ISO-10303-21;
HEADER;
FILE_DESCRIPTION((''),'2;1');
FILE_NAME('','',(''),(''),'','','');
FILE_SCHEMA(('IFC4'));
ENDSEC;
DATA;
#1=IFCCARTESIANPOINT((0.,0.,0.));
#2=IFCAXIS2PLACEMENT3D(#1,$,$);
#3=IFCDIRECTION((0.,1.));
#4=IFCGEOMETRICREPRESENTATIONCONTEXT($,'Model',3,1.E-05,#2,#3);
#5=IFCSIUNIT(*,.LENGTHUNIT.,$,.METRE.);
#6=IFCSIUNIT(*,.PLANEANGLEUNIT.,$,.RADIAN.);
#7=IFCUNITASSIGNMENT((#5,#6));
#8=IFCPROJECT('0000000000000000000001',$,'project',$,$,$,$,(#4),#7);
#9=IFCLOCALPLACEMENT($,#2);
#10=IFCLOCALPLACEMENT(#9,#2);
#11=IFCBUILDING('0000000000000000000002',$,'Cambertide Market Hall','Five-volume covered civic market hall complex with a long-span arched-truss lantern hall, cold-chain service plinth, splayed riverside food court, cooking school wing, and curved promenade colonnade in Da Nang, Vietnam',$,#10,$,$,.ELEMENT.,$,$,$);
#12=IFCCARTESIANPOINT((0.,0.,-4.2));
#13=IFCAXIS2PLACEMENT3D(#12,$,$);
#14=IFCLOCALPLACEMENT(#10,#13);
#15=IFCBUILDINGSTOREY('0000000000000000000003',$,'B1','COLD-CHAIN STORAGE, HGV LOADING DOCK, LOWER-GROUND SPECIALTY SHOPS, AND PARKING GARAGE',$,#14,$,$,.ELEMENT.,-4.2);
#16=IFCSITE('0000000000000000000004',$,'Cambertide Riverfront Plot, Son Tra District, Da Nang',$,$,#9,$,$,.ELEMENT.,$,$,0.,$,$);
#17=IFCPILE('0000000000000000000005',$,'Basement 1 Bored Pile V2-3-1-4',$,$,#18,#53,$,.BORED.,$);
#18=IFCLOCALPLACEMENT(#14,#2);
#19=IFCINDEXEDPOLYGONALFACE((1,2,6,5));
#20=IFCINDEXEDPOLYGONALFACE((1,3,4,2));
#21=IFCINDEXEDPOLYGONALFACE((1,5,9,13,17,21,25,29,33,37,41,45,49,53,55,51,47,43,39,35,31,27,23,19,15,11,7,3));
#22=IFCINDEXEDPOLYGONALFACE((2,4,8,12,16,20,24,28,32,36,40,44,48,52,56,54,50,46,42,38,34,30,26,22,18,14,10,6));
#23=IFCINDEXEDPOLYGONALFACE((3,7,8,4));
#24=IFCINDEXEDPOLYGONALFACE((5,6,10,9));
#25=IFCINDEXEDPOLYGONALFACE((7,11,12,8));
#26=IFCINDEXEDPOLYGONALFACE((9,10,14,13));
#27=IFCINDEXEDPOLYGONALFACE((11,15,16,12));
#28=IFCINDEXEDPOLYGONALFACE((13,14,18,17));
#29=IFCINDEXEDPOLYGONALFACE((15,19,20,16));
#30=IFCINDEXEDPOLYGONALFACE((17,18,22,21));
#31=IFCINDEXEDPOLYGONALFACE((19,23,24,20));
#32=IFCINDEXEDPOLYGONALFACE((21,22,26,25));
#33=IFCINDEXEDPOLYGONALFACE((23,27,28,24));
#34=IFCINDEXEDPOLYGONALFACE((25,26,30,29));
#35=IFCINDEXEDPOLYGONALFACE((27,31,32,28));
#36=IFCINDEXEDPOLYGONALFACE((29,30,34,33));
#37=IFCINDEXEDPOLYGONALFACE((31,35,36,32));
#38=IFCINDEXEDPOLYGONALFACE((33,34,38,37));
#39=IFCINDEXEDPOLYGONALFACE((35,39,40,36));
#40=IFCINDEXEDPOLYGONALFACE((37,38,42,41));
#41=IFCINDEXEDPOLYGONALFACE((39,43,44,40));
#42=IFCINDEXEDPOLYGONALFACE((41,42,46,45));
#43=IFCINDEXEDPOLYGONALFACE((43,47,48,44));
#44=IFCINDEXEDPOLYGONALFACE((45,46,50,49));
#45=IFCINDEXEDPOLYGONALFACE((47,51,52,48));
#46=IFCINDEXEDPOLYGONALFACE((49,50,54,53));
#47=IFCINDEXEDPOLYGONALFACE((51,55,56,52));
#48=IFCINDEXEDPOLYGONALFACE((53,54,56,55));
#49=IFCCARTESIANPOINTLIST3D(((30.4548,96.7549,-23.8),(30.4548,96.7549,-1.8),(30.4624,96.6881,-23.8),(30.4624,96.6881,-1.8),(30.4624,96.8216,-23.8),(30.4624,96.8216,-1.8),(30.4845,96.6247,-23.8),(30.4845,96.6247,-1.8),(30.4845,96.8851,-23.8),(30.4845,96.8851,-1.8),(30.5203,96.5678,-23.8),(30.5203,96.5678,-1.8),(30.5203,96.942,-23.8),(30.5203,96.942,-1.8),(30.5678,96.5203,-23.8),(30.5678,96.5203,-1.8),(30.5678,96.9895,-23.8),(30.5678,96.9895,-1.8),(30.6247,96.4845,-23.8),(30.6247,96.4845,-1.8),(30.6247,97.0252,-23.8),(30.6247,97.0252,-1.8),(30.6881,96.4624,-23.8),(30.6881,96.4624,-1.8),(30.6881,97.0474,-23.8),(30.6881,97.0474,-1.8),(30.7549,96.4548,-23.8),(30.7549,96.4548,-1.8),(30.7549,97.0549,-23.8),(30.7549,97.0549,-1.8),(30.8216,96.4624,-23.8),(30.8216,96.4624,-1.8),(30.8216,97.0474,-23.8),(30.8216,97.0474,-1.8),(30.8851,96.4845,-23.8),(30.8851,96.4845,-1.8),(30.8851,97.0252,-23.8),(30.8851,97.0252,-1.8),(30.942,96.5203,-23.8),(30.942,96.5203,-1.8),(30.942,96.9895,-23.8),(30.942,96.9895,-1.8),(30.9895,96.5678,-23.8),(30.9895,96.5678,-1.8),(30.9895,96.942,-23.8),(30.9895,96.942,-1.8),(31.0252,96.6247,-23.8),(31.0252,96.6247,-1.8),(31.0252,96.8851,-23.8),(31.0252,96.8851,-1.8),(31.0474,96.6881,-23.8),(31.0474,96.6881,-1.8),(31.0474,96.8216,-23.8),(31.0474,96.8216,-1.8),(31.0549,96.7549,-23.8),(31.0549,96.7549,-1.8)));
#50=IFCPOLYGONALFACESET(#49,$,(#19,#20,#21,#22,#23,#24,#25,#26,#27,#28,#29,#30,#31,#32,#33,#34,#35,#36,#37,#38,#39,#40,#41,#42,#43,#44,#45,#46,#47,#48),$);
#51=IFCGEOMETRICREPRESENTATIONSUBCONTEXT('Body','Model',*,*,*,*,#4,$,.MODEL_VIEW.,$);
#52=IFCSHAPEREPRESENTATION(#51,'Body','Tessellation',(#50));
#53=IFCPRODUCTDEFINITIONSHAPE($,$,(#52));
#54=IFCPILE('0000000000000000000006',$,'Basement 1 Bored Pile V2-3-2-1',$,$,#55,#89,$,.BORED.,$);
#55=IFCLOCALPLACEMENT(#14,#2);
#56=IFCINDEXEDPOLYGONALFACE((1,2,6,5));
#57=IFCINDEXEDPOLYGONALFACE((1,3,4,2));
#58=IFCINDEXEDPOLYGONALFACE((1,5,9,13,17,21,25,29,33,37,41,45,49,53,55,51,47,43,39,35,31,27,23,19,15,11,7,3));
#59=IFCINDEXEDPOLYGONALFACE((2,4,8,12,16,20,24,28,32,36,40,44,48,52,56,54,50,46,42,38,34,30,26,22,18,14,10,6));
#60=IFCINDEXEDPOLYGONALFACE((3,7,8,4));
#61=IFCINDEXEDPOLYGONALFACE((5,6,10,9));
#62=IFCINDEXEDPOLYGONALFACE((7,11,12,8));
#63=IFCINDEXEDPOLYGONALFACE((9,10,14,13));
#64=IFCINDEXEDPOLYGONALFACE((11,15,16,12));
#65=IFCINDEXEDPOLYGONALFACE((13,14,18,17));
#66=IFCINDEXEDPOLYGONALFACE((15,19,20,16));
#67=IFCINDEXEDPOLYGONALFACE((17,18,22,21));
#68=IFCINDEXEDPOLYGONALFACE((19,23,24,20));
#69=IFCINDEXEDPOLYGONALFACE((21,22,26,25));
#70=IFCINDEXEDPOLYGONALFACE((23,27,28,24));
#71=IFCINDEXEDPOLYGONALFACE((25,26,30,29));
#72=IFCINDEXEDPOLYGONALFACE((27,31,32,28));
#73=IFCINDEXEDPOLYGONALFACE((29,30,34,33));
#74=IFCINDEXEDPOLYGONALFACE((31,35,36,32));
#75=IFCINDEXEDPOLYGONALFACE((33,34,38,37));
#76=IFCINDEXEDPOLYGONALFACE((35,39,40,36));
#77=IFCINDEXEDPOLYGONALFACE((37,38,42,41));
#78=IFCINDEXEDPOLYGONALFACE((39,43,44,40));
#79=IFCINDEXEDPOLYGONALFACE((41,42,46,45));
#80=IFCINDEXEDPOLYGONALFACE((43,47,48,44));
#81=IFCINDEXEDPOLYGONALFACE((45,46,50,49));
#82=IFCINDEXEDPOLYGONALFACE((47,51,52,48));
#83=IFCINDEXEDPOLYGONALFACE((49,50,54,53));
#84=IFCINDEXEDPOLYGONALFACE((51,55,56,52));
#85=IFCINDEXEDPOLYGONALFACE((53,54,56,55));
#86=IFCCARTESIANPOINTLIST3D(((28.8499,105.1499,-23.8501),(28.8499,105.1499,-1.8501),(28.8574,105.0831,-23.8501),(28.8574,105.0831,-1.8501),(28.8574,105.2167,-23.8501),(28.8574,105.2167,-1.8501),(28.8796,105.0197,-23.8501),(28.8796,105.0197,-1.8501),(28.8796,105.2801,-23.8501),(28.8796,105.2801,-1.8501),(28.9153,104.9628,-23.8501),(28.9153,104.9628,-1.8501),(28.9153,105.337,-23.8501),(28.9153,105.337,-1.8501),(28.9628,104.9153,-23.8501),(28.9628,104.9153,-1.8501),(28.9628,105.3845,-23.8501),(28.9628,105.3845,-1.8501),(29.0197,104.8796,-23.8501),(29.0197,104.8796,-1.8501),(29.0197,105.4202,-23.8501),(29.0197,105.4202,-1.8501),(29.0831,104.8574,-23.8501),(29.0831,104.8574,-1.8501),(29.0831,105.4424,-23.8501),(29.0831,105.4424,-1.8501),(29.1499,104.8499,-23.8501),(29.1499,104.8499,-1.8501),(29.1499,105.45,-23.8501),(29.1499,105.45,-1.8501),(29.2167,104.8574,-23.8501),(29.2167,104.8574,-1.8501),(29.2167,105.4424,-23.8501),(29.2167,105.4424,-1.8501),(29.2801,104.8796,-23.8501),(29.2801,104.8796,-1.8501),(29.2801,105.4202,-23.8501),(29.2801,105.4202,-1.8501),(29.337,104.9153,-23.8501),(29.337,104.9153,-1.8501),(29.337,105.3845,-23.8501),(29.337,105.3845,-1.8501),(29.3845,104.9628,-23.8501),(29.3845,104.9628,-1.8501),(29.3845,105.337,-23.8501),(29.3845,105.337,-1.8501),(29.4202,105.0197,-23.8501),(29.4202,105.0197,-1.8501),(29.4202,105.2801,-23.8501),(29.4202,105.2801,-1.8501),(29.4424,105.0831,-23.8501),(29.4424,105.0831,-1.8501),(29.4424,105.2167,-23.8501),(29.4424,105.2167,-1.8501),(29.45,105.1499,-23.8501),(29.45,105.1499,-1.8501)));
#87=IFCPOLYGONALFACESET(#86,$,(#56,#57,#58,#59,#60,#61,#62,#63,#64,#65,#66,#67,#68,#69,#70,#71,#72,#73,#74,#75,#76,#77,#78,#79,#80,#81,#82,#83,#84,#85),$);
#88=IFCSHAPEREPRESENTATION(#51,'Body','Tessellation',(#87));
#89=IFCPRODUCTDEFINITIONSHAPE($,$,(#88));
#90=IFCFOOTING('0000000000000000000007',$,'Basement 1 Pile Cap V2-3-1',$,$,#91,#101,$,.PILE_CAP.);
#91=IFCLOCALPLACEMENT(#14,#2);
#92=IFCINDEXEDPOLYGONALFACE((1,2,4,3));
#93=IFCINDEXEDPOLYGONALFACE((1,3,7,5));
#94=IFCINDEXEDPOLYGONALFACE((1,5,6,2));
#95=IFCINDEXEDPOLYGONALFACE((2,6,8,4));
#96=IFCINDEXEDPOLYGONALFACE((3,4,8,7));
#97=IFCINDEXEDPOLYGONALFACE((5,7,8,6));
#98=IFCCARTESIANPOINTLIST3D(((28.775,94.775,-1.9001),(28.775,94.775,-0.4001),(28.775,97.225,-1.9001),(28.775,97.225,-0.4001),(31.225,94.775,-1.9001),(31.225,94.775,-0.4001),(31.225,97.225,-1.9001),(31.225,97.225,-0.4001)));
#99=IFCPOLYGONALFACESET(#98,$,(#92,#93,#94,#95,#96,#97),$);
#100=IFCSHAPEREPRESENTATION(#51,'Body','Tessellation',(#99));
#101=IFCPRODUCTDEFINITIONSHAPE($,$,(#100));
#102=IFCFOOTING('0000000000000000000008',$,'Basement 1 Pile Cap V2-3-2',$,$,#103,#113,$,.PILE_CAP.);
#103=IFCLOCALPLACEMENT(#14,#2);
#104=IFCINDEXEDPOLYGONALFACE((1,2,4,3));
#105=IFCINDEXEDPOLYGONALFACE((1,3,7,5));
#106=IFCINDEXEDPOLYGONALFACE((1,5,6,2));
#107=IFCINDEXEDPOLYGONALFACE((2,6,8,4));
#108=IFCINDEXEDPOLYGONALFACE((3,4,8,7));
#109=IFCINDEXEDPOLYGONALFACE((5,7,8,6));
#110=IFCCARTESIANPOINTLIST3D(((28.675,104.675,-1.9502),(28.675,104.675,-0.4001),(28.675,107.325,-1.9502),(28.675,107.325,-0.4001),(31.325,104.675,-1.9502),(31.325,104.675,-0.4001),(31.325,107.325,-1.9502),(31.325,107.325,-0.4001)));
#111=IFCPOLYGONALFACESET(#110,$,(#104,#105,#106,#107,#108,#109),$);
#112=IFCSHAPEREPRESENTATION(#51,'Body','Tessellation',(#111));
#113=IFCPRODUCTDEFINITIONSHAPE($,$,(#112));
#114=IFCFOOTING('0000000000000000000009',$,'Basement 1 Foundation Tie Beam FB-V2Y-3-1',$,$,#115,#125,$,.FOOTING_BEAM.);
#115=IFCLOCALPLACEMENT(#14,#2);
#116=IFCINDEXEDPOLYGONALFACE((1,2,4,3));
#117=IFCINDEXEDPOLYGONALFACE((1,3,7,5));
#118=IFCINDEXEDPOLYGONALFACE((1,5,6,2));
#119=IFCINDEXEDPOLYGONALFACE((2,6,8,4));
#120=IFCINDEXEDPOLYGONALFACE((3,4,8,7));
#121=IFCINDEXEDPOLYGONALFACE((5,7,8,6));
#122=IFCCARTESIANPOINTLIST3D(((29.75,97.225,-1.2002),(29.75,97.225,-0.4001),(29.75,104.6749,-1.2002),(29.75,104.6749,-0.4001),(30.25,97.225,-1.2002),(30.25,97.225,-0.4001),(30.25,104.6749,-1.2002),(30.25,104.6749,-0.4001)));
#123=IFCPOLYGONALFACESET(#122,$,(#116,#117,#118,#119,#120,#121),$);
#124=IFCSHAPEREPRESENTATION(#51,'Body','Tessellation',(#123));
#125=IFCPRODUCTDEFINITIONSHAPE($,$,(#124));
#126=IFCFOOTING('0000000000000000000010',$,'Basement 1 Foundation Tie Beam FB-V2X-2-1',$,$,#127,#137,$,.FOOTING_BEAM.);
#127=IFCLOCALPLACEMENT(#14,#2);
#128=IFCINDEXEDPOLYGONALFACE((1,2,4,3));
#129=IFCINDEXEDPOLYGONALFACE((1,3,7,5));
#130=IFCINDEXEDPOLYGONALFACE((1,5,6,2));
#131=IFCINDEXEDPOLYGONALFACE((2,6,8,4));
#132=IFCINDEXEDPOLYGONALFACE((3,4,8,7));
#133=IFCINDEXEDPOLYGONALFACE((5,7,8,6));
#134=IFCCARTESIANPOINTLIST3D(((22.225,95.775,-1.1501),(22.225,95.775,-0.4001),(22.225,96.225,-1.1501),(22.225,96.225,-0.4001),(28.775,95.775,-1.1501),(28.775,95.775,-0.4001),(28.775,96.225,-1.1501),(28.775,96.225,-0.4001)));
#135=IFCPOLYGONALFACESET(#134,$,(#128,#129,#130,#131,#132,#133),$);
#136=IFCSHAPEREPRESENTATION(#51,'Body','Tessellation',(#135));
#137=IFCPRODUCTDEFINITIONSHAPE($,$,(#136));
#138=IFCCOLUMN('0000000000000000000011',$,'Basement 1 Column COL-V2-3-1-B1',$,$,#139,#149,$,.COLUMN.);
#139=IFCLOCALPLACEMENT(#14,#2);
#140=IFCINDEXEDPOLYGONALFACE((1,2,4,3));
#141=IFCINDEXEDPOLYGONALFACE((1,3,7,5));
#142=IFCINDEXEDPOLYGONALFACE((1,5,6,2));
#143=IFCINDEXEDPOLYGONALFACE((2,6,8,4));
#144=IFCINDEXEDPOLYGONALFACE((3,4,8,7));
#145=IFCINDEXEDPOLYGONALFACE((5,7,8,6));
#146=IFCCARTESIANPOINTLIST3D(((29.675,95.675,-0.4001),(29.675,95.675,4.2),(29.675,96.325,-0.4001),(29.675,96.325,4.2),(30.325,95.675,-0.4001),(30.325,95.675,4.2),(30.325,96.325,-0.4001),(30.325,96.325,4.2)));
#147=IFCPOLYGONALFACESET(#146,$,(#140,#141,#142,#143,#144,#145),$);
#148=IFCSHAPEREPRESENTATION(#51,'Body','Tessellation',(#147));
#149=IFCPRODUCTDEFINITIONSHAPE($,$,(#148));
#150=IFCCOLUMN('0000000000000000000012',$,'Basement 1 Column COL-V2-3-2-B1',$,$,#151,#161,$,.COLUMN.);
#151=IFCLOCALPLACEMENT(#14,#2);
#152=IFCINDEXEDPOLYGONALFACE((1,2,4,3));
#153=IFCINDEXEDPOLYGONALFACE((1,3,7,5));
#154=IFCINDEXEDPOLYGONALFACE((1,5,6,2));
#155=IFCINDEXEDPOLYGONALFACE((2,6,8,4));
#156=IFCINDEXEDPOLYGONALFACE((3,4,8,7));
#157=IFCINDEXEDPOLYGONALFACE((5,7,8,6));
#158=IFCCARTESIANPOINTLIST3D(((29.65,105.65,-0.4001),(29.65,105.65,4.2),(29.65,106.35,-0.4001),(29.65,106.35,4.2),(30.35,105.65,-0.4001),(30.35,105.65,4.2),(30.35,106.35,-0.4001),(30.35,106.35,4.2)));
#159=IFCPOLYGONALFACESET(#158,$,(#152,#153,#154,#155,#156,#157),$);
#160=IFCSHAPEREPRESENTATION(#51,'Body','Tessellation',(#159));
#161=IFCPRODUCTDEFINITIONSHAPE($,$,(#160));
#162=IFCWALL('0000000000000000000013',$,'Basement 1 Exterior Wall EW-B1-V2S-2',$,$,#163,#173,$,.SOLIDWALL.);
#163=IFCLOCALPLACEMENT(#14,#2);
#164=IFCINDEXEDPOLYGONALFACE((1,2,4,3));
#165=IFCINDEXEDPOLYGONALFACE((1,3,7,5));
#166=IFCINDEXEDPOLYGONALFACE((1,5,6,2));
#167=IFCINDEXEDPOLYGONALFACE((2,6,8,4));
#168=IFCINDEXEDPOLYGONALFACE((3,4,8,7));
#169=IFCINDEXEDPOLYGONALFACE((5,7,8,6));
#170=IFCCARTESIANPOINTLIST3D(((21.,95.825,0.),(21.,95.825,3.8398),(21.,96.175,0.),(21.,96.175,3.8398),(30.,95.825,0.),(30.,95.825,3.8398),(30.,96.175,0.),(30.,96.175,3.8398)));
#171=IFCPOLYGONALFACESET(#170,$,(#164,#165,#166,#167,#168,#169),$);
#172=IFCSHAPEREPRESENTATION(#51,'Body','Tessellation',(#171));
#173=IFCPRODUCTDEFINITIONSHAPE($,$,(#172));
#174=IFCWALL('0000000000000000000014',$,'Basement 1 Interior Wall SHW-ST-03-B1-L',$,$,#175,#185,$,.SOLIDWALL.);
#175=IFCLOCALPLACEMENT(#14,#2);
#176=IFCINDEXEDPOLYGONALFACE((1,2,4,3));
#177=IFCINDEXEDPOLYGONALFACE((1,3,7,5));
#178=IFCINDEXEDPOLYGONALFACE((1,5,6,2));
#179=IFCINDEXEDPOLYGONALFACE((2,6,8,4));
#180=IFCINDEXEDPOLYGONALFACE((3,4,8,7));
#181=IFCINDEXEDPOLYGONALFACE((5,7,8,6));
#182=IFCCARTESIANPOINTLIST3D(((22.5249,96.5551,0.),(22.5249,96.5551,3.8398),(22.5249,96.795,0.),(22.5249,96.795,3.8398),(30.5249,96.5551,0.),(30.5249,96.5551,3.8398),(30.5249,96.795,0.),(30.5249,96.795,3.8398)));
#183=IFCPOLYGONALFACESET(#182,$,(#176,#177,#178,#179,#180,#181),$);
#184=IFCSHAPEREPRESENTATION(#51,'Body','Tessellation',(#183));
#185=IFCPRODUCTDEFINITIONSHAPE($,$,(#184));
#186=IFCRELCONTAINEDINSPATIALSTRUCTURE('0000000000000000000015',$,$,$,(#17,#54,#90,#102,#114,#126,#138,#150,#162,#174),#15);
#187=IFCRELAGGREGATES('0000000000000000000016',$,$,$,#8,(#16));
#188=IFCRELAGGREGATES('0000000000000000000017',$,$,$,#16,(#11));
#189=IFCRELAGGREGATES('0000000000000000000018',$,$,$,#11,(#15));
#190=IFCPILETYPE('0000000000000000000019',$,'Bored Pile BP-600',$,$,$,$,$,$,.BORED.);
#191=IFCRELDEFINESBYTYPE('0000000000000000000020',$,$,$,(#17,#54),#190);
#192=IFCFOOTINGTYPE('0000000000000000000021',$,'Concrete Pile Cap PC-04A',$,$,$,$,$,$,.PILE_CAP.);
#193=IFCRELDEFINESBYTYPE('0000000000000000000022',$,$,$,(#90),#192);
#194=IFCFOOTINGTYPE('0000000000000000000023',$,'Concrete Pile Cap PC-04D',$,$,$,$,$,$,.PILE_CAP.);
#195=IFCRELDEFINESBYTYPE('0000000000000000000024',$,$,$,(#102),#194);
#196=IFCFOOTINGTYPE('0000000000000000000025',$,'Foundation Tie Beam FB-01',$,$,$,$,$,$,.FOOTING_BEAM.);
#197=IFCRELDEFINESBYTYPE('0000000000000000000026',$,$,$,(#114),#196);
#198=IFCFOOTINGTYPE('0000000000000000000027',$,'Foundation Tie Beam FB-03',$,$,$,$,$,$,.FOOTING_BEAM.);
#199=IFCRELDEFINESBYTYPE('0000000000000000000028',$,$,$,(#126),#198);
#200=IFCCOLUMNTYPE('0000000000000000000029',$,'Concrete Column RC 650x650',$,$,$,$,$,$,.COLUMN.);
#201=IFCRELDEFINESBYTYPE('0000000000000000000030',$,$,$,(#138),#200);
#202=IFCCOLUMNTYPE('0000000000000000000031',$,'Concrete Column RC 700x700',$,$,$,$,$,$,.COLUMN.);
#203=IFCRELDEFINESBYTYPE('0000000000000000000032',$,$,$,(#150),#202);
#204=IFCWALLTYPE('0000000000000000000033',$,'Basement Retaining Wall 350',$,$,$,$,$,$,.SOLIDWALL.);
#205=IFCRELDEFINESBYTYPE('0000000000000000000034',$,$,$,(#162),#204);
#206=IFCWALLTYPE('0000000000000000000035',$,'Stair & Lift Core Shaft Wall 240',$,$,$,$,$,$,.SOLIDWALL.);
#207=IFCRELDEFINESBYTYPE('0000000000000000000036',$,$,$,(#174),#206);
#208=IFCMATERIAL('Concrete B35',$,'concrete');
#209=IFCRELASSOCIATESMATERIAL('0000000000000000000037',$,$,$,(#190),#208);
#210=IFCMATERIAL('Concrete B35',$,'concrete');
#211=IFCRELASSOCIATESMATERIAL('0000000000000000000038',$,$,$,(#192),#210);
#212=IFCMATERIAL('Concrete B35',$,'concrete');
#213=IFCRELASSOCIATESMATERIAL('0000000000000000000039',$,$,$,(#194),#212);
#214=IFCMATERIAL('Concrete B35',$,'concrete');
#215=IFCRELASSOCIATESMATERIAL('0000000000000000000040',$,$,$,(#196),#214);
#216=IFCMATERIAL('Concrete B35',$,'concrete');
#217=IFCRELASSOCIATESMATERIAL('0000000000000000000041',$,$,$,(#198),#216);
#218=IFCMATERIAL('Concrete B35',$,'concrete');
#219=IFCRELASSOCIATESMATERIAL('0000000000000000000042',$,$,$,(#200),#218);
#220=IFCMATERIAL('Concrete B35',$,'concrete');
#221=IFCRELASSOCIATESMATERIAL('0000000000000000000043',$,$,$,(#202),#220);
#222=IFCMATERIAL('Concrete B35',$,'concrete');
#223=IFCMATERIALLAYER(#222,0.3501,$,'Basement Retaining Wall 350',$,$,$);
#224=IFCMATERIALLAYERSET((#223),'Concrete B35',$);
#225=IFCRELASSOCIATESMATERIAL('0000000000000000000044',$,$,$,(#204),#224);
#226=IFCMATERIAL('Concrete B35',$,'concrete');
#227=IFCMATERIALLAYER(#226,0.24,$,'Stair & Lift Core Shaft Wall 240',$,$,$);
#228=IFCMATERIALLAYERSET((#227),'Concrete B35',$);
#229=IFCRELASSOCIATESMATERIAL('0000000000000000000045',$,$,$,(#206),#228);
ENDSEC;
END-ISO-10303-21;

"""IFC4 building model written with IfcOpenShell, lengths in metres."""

from ifc_helpers import new_model, si_unit, direction, frame, frame_2d, origin, origin_2d, place, context, subcontext, project, spatial, rectangle, circle, extrude, material, layer, layer_set, material_profile, profile_set, type_object, element, save


model = new_model("IFC4")

# Units and contexts
model_context = context("Model", 3, precision=1e-05, world=origin(), true_north=direction((0.0, 1.0)))
body_context = subcontext(model_context, "Body", "Model", "MODEL_VIEW")
ifc_project = project(units=[si_unit("LENGTHUNIT", "METRE"), si_unit("PLANEANGLEUNIT", "RADIAN")], contexts=[model_context])

# Site, building, storey
site_placement = place(None, origin())
site = spatial("IfcSite", under=ifc_project, at=site_placement, Name="Cambertide Riverfront Plot, Son Tra District, Da Nang", CompositionType="ELEMENT", RefElevation=0.0)
building_placement = place(site_placement, origin())
building = spatial("IfcBuilding", under=site, at=building_placement, Name="Cambertide Market Hall", Description="Five-volume covered civic market hall complex with a long-span arched-truss lantern hall, cold-chain service plinth, splayed riverside food court, cooking school wing, and curved promenade colonnade in Da Nang, Vietnam", CompositionType="ELEMENT")
storey_placement = place(building_placement, frame((0.0, 0.0, -4.2)))
storey = spatial("IfcBuildingStorey", under=building, at=storey_placement, Name="B1", Description="COLD-CHAIN STORAGE, HGV LOADING DOCK, LOWER-GROUND SPECIALTY SHOPS, AND PARKING GARAGE", CompositionType="ELEMENT", Elevation=-4.2)

# Piles
ifc_material_1 = material(Name="Concrete B35", Category="concrete")
ifc_material_profile_1 = material_profile(ifc_material_1, circle(Radius=0.3, at=origin_2d()), Name="BP D600")
ifc_profile_set_1 = profile_set([ifc_material_profile_1], Name="Concrete B35")
pile_type = type_object("IfcPileType", Name="Bored Pile BP-600", PredefinedType="BORED", material=ifc_profile_set_1)
for number, where, z_axis, x_axis, name in (
    (1, (30.7549, 96.7549, -1.8), (0.0, 0.0, -1.0), (1.0, 0.0, 0.0), "Basement 1 Bored Pile V2-3-1-4"),
    (2, (29.1499, 105.1499, -1.8501), (0.0, 0.0, -1.0), (1.0, 0.0, 0.0), "Basement 1 Bored Pile V2-3-2-1"),
):
    element("IfcPile", number, at=place(storey_placement, frame(where, z_axis=z_axis, x_axis=x_axis)), inside=storey, type_object=pile_type, Name=name, PredefinedType="BORED", context=body_context, shape_type="SweptSolid", body=[
        extrude(circle(Radius=0.3, at=origin_2d()), origin(), (0.0, 0.0, 1.0), 22.0),
    ])

# Footings
ifc_material_2 = material(Name="Concrete B35", Category="concrete")
footing_type_1 = type_object("IfcFootingType", Name="Concrete Pile Cap PC-04A", PredefinedType="PILE_CAP", material=ifc_material_2)
footing_1_placement = place(storey_placement, frame((30.0, 96.0, -1.9001), z_axis=(0.0, 0.0, 1.0), x_axis=(1.0, 0.0, 0.0)))
element("IfcFooting", 3, at=footing_1_placement, inside=storey, type_object=footing_type_1, Name="Basement 1 Pile Cap V2-3-1", PredefinedType="PILE_CAP", context=body_context, shape_type="SweptSolid", body=[
    extrude(rectangle(XDim=2.45, YDim=2.45, at=origin_2d()), origin(), (0.0, 0.0, 1.0), 1.5),
])
ifc_material_3 = material(Name="Concrete B35", Category="concrete")
footing_type_2 = type_object("IfcFootingType", Name="Concrete Pile Cap PC-04D", PredefinedType="PILE_CAP", material=ifc_material_3)
footing_2_placement = place(storey_placement, frame((30.0, 106.0, -1.9502), z_axis=(0.0, 0.0, 1.0), x_axis=(1.0, 0.0, 0.0)))
element("IfcFooting", 4, at=footing_2_placement, inside=storey, type_object=footing_type_2, Name="Basement 1 Pile Cap V2-3-2", PredefinedType="PILE_CAP", context=body_context, shape_type="SweptSolid", body=[
    extrude(rectangle(XDim=2.6499, YDim=2.6499, at=origin_2d()), origin(), (0.0, 0.0, 1.0), 1.55),
])
ifc_material_4 = material(Name="Concrete B35", Category="concrete")
footing_type_3 = type_object("IfcFootingType", Name="Foundation Tie Beam FB-01", PredefinedType="FOOTING_BEAM", material=ifc_material_4)
footing_3_placement = place(storey_placement, frame((30.0, 100.95, -1.2002), z_axis=(0.0, 0.0, 1.0), x_axis=(0.0, 1.0, 0.0)))
element("IfcFooting", 5, at=footing_3_placement, inside=storey, type_object=footing_type_3, Name="Basement 1 Foundation Tie Beam FB-V2Y-3-1", PredefinedType="FOOTING_BEAM", context=body_context, shape_type="SweptSolid", body=[
    extrude(rectangle(XDim=7.45, YDim=0.5, at=origin_2d()), origin(), (0.0, 0.0, 1.0), 0.8),
])
ifc_material_5 = material(Name="Concrete B35", Category="concrete")
footing_type_4 = type_object("IfcFootingType", Name="Foundation Tie Beam FB-03", PredefinedType="FOOTING_BEAM", material=ifc_material_5)
footing_4_placement = place(storey_placement, frame((25.5, 96.0, -1.1501), z_axis=(0.0, 0.0, 1.0), x_axis=(1.0, 0.0, 0.0)))
element("IfcFooting", 6, at=footing_4_placement, inside=storey, type_object=footing_type_4, Name="Basement 1 Foundation Tie Beam FB-V2X-2-1", PredefinedType="FOOTING_BEAM", context=body_context, shape_type="SweptSolid", body=[
    extrude(rectangle(XDim=6.55, YDim=0.45, at=origin_2d()), origin(), (0.0, 0.0, 1.0), 0.75),
])

# Columns
ifc_material_6 = material(Name="Concrete B35", Category="concrete")
ifc_material_profile_2 = material_profile(ifc_material_6, rectangle(XDim=0.6499, YDim=0.6499, at=origin_2d()), Name="RC 650x650")
ifc_profile_set_2 = profile_set([ifc_material_profile_2], Name="Concrete B35")
column_type_1 = type_object("IfcColumnType", Name="Concrete Column RC 650x650", PredefinedType="COLUMN", material=ifc_profile_set_2)
column_1_placement = place(storey_placement, frame((30.0, 96.0, -0.4001), z_axis=(0.0, 0.0, 1.0), x_axis=(1.0, 0.0, 0.0)))
element("IfcColumn", 7, at=column_1_placement, inside=storey, type_object=column_type_1, Name="Basement 1 Column COL-V2-3-1-B1", PredefinedType="COLUMN", context=body_context, shape_type="SweptSolid", body=[
    extrude(rectangle(XDim=0.6499, YDim=0.6499, at=origin_2d()), origin(), (0.0, 0.0, 1.0), 4.6001),
])
ifc_material_7 = material(Name="Concrete B35", Category="concrete")
ifc_material_profile_3 = material_profile(ifc_material_7, rectangle(XDim=0.7, YDim=0.7, at=origin_2d()), Name="RC 700x700")
ifc_profile_set_3 = profile_set([ifc_material_profile_3], Name="Concrete B35")
column_type_2 = type_object("IfcColumnType", Name="Concrete Column RC 700x700", PredefinedType="COLUMN", material=ifc_profile_set_3)
column_2_placement = place(storey_placement, frame((30.0, 106.0, -0.4001), z_axis=(0.0, 0.0, 1.0), x_axis=(1.0, 0.0, 0.0)))
element("IfcColumn", 8, at=column_2_placement, inside=storey, type_object=column_type_2, Name="Basement 1 Column COL-V2-3-2-B1", PredefinedType="COLUMN", context=body_context, shape_type="SweptSolid", body=[
    extrude(rectangle(XDim=0.7, YDim=0.7, at=origin_2d()), origin(), (0.0, 0.0, 1.0), 4.6001),
])

# Wall
ifc_material_8 = material(Name="Concrete B35", Category="concrete")
ifc_layer_1 = layer(ifc_material_8, 0.3501, Name="Basement Retaining Wall 350")
ifc_layer_set_1 = layer_set([ifc_layer_1], Name="Concrete B35")
wall_type_1 = type_object("IfcWallType", Name="Basement Retaining Wall 350", PredefinedType="SOLIDWALL", material=ifc_layer_set_1)
wall_1_placement = place(storey_placement, frame((30.0, 96.0, 0.0), z_axis=(0.0, 0.0, 1.0), x_axis=(-1.0, 0.0, 0.0)))
element("IfcWall", 9, at=wall_1_placement, inside=storey, type_object=wall_type_1, Name="Basement 1 Exterior Wall EW-B1-V2S-2", PredefinedType="SOLIDWALL", context=body_context, shape_type="SweptSolid", body=[
    extrude(rectangle(XDim=9.0, YDim=0.3501, at=frame_2d((4.5, 0.0))), origin(), (0.0, 0.0, 1.0), 3.8398),
])

# Shared definitions
ifc_material_9 = material(Name="Concrete B35", Category="concrete")
ifc_layer_2 = layer(ifc_material_9, 0.24, Name="Stair & Lift Core Shaft Wall 240")
ifc_layer_set_2 = layer_set([ifc_layer_2], Name="Concrete B35")
wall_type_2 = type_object("IfcWallType", Name="Stair & Lift Core Shaft Wall 240", PredefinedType="SOLIDWALL", material=ifc_layer_set_2)

# Wall
wall_2_placement = place(storey_placement, frame((30.5249, 96.675, 0.0), z_axis=(0.0, 0.0, 1.0), x_axis=(-1.0, 0.0, 0.0)))
element("IfcWall", 10, at=wall_2_placement, inside=storey, type_object=wall_type_2, Name="Basement 1 Interior Wall SHW-ST-03-B1-L", PredefinedType="SOLIDWALL", context=body_context, shape_type="SweptSolid", body=[
    extrude(rectangle(XDim=8.0, YDim=0.24, at=frame_2d((4.0, 0.0))), origin(), (0.0, 0.0, 1.0), 3.8398),
])

save(model, "model.ifc")
